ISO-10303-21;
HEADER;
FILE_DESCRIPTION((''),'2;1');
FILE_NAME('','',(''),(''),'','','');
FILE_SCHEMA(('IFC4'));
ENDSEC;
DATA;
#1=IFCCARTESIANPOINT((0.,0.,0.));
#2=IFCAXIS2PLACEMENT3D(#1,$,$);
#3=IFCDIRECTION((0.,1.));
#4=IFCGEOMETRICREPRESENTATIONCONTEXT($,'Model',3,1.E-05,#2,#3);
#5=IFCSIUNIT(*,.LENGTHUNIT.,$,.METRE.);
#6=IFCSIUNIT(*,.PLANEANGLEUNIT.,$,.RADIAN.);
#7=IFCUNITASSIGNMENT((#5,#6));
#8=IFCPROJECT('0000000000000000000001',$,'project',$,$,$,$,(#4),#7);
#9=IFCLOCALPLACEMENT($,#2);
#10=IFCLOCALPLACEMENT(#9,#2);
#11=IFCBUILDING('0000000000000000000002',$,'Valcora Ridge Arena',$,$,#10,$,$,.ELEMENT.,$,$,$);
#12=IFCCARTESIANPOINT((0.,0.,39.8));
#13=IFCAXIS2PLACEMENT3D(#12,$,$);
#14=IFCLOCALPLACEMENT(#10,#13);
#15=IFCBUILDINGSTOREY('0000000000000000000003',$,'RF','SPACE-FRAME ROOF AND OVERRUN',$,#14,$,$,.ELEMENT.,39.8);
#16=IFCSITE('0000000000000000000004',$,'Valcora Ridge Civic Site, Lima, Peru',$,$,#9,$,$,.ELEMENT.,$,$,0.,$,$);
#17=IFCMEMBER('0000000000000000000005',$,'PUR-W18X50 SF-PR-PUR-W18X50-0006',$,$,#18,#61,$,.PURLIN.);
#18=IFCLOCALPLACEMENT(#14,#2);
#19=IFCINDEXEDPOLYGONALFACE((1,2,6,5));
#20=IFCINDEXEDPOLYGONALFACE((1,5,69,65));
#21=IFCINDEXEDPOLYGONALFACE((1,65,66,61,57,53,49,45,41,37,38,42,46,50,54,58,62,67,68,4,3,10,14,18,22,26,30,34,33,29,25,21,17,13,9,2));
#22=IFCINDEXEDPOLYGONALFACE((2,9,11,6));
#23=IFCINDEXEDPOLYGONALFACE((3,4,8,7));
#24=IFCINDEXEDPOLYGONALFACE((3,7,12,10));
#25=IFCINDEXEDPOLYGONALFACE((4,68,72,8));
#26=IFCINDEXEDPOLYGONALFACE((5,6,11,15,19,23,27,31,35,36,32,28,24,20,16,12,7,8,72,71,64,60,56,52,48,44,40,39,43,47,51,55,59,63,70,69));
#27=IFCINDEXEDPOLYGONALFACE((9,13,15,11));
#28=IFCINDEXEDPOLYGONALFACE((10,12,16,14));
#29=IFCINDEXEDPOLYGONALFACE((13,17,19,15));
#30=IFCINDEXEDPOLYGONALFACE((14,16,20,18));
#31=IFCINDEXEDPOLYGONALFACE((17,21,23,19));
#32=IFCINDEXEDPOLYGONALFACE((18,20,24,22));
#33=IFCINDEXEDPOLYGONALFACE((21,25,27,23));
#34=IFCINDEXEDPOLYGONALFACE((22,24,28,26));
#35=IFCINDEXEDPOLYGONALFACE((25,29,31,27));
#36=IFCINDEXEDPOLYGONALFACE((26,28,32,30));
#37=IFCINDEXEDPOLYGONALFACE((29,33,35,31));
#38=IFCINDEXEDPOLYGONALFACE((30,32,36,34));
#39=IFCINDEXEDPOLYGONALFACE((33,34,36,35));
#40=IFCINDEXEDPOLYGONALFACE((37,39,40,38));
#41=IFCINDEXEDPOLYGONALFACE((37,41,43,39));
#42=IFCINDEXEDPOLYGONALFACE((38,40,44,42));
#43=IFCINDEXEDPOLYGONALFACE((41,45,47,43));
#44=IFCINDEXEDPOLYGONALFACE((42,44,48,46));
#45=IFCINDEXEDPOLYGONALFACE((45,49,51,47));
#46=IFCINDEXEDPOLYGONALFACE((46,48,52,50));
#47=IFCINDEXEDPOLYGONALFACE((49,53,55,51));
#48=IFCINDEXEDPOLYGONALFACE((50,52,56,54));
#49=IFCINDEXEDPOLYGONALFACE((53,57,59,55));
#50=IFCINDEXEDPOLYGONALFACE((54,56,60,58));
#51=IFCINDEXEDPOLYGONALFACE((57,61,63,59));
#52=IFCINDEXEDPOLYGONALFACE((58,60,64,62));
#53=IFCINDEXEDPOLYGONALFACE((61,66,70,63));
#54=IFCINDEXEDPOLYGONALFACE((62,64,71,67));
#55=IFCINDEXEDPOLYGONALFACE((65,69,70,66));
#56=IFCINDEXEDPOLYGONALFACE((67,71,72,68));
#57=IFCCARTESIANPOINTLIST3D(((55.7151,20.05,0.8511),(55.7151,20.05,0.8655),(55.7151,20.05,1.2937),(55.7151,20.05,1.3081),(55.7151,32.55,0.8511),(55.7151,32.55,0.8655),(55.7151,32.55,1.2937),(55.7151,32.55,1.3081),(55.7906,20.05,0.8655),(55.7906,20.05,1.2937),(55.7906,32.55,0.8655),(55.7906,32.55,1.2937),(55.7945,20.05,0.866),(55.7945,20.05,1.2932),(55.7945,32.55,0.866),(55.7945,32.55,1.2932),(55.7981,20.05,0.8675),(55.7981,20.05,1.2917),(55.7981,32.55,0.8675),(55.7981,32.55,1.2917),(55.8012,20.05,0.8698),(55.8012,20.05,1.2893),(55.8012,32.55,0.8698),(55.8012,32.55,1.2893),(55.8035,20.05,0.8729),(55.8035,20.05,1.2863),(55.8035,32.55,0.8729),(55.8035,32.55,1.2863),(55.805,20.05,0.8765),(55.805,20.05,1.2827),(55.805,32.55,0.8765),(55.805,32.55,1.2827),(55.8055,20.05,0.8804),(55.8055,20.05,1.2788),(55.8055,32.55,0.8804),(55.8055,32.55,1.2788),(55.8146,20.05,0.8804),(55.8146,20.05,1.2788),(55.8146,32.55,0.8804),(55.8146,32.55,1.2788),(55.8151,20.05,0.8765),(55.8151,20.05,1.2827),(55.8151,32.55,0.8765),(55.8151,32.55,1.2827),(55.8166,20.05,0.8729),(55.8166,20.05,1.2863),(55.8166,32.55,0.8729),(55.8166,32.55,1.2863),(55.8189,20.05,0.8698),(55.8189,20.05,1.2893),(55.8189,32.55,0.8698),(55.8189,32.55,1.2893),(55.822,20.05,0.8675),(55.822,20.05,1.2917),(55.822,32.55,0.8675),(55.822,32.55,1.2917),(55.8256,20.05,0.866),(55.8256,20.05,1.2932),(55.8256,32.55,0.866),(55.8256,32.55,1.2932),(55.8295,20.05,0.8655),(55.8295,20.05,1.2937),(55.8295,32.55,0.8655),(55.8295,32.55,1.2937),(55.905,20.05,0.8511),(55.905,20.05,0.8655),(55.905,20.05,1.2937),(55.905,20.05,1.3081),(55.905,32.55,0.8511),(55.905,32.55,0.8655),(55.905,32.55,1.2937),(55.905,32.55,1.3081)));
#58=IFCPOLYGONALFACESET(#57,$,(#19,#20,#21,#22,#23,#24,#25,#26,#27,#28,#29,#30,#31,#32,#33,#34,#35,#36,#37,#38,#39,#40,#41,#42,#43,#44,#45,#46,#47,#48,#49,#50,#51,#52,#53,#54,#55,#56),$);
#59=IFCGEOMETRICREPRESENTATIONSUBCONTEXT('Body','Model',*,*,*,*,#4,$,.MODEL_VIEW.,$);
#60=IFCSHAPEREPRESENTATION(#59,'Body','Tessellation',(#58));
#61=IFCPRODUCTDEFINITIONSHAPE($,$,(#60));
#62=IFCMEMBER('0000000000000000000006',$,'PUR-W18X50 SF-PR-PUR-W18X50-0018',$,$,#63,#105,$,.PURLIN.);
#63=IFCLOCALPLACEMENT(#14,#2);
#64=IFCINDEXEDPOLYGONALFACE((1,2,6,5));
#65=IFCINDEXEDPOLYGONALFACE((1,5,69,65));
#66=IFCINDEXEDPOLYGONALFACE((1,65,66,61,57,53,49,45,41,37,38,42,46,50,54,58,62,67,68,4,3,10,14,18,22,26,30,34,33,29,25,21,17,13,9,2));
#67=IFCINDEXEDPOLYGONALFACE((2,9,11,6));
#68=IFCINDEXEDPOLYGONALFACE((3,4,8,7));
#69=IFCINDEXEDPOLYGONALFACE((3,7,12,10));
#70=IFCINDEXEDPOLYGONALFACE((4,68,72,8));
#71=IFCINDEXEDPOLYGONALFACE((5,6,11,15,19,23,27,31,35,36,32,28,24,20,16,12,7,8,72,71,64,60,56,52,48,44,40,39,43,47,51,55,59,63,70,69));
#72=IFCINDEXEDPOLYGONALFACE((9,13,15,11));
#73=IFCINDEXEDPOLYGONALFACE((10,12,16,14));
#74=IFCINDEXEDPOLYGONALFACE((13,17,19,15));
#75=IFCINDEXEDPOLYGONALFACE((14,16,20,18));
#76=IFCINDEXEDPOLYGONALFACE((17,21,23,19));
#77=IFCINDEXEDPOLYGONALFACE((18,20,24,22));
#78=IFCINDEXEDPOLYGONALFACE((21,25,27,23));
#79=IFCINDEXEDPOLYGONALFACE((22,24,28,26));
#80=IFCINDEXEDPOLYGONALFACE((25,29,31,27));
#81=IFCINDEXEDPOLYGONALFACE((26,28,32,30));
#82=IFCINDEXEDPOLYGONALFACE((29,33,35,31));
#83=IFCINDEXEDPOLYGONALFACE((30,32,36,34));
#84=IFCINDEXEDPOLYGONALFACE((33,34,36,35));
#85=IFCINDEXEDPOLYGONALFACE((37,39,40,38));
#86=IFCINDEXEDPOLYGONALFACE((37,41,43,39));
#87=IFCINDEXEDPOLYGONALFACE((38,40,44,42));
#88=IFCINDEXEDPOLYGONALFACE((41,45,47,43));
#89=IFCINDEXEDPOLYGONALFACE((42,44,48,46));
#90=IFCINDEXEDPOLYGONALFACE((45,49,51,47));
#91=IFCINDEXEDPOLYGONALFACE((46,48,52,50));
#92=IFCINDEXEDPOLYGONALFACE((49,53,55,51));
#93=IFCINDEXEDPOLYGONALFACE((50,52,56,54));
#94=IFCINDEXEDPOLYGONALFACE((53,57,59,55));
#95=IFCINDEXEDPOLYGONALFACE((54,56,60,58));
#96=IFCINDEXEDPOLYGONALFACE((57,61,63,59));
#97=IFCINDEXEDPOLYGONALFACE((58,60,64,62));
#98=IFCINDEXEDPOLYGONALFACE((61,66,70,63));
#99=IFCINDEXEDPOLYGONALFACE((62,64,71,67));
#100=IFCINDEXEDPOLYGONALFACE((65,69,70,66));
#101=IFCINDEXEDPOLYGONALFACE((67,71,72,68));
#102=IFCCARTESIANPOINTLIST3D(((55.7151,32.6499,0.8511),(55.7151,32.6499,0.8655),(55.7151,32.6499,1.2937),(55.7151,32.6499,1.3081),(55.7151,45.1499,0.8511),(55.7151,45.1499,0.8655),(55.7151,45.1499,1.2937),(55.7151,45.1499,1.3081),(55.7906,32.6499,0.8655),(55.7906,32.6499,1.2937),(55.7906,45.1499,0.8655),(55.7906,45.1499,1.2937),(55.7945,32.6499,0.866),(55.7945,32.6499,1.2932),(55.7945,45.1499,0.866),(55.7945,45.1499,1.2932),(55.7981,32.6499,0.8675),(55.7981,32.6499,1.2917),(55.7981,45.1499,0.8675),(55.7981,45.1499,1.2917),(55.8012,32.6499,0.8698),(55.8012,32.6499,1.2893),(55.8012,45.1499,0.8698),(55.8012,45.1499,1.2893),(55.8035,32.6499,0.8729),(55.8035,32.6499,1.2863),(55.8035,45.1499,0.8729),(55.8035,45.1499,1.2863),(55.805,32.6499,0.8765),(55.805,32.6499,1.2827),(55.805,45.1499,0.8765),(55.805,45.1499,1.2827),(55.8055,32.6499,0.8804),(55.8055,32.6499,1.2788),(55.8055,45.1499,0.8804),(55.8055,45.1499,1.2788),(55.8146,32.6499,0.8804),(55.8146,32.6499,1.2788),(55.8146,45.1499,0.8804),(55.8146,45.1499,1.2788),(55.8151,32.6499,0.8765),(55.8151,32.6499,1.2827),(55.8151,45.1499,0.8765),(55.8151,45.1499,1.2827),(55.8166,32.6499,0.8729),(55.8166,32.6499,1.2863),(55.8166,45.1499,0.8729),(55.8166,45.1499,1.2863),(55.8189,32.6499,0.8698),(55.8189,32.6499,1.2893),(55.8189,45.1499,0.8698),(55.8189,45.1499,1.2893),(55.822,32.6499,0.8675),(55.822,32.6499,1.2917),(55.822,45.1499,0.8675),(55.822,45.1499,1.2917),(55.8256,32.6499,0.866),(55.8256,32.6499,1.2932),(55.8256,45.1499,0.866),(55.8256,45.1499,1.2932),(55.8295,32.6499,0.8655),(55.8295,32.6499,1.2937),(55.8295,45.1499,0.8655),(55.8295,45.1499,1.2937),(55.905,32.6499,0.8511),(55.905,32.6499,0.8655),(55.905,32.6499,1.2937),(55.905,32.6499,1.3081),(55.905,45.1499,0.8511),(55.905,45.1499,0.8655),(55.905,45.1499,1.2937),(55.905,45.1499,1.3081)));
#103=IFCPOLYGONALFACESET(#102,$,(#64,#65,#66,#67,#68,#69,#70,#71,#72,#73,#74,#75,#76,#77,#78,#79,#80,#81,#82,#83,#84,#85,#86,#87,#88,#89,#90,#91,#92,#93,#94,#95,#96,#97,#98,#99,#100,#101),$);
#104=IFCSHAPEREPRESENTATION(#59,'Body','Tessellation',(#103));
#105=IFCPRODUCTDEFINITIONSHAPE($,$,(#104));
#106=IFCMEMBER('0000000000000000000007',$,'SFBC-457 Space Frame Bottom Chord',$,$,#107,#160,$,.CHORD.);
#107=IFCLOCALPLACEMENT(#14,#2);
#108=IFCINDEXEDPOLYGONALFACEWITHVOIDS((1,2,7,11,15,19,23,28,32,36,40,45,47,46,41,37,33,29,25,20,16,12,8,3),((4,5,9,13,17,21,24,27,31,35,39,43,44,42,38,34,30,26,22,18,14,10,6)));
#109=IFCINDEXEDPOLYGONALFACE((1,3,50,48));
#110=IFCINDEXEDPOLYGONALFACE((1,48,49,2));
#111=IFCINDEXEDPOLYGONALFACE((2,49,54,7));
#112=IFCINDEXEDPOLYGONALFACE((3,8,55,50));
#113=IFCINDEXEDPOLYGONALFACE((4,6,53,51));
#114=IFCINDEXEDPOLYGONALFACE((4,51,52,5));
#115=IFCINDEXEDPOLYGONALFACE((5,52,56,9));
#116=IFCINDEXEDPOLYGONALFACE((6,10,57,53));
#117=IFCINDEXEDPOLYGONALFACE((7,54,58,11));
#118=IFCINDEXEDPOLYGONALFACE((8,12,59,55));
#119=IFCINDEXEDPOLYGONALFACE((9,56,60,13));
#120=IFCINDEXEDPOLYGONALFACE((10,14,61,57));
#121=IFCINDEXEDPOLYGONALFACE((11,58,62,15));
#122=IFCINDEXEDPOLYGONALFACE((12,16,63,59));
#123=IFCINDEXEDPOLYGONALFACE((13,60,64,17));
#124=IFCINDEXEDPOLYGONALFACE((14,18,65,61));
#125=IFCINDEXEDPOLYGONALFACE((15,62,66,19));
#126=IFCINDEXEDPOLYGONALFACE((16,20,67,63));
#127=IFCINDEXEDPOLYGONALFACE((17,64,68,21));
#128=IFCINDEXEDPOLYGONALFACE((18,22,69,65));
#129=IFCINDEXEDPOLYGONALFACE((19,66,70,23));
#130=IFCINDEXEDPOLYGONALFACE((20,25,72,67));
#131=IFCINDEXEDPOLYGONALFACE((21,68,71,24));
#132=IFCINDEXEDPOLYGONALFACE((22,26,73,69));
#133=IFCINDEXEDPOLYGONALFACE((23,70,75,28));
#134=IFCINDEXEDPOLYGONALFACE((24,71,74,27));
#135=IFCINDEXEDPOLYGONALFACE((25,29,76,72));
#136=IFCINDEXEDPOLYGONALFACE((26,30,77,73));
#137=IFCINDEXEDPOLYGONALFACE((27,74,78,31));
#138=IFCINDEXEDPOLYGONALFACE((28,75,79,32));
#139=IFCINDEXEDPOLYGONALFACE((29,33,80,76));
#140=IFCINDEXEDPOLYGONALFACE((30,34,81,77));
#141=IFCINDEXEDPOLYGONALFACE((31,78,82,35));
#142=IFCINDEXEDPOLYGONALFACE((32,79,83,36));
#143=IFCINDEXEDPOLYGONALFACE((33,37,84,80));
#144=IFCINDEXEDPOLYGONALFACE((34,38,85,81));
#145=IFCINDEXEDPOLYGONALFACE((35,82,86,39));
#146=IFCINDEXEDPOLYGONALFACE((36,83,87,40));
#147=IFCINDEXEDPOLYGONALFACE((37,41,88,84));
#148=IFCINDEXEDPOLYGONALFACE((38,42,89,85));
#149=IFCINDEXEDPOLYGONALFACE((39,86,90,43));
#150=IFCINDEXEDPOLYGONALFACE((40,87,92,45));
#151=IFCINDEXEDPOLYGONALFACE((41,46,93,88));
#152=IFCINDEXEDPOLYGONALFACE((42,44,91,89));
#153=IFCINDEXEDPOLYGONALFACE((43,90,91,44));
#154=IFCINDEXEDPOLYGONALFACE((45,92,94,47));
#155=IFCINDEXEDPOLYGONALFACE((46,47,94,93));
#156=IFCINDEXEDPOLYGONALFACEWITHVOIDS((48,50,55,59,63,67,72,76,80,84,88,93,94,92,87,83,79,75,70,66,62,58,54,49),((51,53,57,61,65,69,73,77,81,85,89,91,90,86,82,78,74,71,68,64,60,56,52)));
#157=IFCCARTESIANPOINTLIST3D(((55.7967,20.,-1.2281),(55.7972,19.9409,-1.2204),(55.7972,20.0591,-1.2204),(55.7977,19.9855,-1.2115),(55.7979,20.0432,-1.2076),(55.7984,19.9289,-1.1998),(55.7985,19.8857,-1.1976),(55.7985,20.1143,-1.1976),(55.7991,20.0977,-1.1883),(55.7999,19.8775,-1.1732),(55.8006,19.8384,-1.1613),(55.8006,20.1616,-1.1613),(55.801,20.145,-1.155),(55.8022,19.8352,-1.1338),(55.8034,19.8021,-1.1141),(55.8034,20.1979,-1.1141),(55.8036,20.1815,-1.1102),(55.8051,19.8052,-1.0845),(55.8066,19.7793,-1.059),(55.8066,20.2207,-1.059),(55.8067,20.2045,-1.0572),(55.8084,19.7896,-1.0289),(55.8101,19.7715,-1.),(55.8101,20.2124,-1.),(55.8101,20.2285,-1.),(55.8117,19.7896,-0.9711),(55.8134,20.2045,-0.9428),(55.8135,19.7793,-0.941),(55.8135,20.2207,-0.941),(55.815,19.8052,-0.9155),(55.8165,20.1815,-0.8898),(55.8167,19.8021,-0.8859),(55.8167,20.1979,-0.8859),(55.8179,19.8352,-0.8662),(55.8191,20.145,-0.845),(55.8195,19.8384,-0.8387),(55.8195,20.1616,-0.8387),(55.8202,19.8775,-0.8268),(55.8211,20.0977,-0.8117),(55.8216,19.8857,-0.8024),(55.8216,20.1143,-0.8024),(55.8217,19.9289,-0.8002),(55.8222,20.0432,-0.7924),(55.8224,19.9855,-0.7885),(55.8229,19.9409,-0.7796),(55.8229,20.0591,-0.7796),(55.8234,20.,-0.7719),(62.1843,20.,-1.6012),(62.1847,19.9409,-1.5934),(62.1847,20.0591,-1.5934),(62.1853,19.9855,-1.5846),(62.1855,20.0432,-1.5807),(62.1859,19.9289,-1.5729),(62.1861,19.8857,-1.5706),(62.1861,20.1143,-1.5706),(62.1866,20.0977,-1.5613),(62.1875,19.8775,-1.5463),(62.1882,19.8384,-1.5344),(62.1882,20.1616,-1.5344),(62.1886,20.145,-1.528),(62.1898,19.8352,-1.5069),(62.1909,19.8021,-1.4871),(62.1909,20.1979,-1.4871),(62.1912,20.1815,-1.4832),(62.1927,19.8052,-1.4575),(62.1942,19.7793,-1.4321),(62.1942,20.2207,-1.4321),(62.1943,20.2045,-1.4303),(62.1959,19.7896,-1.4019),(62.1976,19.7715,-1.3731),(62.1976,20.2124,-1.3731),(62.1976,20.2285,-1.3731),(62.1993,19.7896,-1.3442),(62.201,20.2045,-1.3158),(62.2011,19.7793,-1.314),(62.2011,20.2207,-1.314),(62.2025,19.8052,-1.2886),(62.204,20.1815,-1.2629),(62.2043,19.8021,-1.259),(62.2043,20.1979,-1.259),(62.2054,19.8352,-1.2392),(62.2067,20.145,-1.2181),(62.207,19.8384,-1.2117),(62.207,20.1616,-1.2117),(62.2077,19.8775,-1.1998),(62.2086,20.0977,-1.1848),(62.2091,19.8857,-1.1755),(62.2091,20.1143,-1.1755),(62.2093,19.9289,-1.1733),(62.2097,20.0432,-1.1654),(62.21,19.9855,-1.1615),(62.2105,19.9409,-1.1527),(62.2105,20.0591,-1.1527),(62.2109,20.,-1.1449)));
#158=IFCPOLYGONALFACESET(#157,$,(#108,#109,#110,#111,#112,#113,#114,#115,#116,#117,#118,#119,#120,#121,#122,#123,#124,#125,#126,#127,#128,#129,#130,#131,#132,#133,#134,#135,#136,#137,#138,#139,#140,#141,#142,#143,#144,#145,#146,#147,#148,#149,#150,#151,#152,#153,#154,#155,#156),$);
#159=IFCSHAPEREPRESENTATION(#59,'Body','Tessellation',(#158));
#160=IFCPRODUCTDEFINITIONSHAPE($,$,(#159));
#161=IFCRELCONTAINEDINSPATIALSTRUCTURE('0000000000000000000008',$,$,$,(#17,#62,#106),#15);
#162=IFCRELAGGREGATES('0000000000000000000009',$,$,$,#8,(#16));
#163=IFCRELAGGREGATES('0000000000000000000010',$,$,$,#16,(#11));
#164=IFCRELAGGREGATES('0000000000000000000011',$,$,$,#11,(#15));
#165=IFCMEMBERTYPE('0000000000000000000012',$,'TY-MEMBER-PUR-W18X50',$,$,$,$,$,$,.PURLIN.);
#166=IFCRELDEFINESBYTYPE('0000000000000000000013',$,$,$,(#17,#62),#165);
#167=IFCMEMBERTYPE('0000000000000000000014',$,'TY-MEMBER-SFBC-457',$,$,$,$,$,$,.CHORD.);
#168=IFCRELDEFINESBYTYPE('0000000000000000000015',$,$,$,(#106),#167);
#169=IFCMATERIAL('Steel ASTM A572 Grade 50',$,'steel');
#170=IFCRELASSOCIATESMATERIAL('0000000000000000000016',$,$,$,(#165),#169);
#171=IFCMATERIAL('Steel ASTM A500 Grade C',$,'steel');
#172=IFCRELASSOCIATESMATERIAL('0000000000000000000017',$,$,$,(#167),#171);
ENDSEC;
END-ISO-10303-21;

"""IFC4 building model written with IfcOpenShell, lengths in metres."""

from ifc_helpers import new_model, si_unit, direction, frame, origin, origin_2d, place, context, subcontext, project, spatial, hollow_circle, i_section, extrude, material, material_profile, profile_set, type_object, element, save


model = new_model("IFC4")

# Units and contexts
model_context = context("Model", 3, precision=1e-05, world=origin(), true_north=direction((0.0, 1.0)))
body_context = subcontext(model_context, "Body", "Model", "MODEL_VIEW")
ifc_project = project(units=[si_unit("LENGTHUNIT", "METRE"), si_unit("PLANEANGLEUNIT", "RADIAN")], contexts=[model_context])

# Site, building, storey
site_placement = place(None, origin())
site = spatial("IfcSite", under=ifc_project, at=site_placement, Name="Valcora Ridge Civic Site, Lima, Peru", CompositionType="ELEMENT", RefElevation=0.0)
building_placement = place(site_placement, origin())
building = spatial("IfcBuilding", under=site, at=building_placement, Name="Valcora Ridge Arena", CompositionType="ELEMENT")
storey_placement = place(building_placement, frame((0.0, 0.0, 39.8)))
storey = spatial("IfcBuildingStorey", under=building, at=storey_placement, Name="RF", Description="SPACE-FRAME ROOF AND OVERRUN", CompositionType="ELEMENT", Elevation=39.8)

# Members
ifc_material_1 = material(Name="Steel ASTM A572 Grade 50", Category="steel")
ifc_material_profile_1 = material_profile(ifc_material_1, i_section(OverallWidth=0.1899, OverallDepth=0.457, WebThickness=0.009, FlangeThickness=0.0144, FilletRadius=0.0149, at=origin_2d()), Name="W18X50")
ifc_profile_set_1 = profile_set([ifc_material_profile_1], Name="Steel ASTM A572 Grade 50")
member_type_1 = type_object("IfcMemberType", Name="TY-MEMBER-PUR-W18X50", PredefinedType="PURLIN", material=ifc_profile_set_1)
for number, where, z_axis, x_axis, name in (
    (1, (55.8101, 20.05, 1.0796), (0.0, 1.0, 0.0), (-1.0, 0.0, 0.0), "PUR-W18X50 SF-PR-PUR-W18X50-0006"),
    (2, (55.8101, 32.6499, 1.0796), (0.0, 1.0, 0.0), (-1.0, 0.0, 0.0), "PUR-W18X50 SF-PR-PUR-W18X50-0018"),
):
    element("IfcMember", number, at=place(storey_placement, frame(where, z_axis=z_axis, x_axis=x_axis)), inside=storey, type_object=member_type_1, Name=name, PredefinedType="PURLIN", context=body_context, shape_type="SweptSolid", body=[
        extrude(i_section(OverallWidth=0.1899, OverallDepth=0.457, WebThickness=0.009, FlangeThickness=0.0144, FilletRadius=0.0149, at=origin_2d()), origin(), (0.0, 0.0, 1.0), 12.5),
    ])
ifc_material_2 = material(Name="Steel ASTM A500 Grade C", Category="steel")
ifc_material_profile_2 = material_profile(ifc_material_2, hollow_circle(Radius=0.2285, WallThickness=0.0161, at=origin_2d()), Name="CHS457X16")
ifc_profile_set_2 = profile_set([ifc_material_profile_2], Name="Steel ASTM A500 Grade C")
member_type_2 = type_object("IfcMemberType", Name="TY-MEMBER-SFBC-457", PredefinedType="CHORD", material=ifc_profile_set_2)
member_1_placement = place(storey_placement, frame((55.8101, 20.0, -1.0), z_axis=(0.998299, 0.0, -0.058304), x_axis=(0.0, 1.0, 0.0)))
element("IfcMember", 3, at=member_1_placement, inside=storey, type_object=member_type_2, Name="SFBC-457 Space Frame Bottom Chord", PredefinedType="CHORD", context=body_context, shape_type="SweptSolid", body=[
    extrude(hollow_circle(Radius=0.2285, WallThickness=0.0161, at=origin_2d()), origin(), (0.0, 0.0, 1.0), 6.3984),
])

save(model, "model.ifc")
